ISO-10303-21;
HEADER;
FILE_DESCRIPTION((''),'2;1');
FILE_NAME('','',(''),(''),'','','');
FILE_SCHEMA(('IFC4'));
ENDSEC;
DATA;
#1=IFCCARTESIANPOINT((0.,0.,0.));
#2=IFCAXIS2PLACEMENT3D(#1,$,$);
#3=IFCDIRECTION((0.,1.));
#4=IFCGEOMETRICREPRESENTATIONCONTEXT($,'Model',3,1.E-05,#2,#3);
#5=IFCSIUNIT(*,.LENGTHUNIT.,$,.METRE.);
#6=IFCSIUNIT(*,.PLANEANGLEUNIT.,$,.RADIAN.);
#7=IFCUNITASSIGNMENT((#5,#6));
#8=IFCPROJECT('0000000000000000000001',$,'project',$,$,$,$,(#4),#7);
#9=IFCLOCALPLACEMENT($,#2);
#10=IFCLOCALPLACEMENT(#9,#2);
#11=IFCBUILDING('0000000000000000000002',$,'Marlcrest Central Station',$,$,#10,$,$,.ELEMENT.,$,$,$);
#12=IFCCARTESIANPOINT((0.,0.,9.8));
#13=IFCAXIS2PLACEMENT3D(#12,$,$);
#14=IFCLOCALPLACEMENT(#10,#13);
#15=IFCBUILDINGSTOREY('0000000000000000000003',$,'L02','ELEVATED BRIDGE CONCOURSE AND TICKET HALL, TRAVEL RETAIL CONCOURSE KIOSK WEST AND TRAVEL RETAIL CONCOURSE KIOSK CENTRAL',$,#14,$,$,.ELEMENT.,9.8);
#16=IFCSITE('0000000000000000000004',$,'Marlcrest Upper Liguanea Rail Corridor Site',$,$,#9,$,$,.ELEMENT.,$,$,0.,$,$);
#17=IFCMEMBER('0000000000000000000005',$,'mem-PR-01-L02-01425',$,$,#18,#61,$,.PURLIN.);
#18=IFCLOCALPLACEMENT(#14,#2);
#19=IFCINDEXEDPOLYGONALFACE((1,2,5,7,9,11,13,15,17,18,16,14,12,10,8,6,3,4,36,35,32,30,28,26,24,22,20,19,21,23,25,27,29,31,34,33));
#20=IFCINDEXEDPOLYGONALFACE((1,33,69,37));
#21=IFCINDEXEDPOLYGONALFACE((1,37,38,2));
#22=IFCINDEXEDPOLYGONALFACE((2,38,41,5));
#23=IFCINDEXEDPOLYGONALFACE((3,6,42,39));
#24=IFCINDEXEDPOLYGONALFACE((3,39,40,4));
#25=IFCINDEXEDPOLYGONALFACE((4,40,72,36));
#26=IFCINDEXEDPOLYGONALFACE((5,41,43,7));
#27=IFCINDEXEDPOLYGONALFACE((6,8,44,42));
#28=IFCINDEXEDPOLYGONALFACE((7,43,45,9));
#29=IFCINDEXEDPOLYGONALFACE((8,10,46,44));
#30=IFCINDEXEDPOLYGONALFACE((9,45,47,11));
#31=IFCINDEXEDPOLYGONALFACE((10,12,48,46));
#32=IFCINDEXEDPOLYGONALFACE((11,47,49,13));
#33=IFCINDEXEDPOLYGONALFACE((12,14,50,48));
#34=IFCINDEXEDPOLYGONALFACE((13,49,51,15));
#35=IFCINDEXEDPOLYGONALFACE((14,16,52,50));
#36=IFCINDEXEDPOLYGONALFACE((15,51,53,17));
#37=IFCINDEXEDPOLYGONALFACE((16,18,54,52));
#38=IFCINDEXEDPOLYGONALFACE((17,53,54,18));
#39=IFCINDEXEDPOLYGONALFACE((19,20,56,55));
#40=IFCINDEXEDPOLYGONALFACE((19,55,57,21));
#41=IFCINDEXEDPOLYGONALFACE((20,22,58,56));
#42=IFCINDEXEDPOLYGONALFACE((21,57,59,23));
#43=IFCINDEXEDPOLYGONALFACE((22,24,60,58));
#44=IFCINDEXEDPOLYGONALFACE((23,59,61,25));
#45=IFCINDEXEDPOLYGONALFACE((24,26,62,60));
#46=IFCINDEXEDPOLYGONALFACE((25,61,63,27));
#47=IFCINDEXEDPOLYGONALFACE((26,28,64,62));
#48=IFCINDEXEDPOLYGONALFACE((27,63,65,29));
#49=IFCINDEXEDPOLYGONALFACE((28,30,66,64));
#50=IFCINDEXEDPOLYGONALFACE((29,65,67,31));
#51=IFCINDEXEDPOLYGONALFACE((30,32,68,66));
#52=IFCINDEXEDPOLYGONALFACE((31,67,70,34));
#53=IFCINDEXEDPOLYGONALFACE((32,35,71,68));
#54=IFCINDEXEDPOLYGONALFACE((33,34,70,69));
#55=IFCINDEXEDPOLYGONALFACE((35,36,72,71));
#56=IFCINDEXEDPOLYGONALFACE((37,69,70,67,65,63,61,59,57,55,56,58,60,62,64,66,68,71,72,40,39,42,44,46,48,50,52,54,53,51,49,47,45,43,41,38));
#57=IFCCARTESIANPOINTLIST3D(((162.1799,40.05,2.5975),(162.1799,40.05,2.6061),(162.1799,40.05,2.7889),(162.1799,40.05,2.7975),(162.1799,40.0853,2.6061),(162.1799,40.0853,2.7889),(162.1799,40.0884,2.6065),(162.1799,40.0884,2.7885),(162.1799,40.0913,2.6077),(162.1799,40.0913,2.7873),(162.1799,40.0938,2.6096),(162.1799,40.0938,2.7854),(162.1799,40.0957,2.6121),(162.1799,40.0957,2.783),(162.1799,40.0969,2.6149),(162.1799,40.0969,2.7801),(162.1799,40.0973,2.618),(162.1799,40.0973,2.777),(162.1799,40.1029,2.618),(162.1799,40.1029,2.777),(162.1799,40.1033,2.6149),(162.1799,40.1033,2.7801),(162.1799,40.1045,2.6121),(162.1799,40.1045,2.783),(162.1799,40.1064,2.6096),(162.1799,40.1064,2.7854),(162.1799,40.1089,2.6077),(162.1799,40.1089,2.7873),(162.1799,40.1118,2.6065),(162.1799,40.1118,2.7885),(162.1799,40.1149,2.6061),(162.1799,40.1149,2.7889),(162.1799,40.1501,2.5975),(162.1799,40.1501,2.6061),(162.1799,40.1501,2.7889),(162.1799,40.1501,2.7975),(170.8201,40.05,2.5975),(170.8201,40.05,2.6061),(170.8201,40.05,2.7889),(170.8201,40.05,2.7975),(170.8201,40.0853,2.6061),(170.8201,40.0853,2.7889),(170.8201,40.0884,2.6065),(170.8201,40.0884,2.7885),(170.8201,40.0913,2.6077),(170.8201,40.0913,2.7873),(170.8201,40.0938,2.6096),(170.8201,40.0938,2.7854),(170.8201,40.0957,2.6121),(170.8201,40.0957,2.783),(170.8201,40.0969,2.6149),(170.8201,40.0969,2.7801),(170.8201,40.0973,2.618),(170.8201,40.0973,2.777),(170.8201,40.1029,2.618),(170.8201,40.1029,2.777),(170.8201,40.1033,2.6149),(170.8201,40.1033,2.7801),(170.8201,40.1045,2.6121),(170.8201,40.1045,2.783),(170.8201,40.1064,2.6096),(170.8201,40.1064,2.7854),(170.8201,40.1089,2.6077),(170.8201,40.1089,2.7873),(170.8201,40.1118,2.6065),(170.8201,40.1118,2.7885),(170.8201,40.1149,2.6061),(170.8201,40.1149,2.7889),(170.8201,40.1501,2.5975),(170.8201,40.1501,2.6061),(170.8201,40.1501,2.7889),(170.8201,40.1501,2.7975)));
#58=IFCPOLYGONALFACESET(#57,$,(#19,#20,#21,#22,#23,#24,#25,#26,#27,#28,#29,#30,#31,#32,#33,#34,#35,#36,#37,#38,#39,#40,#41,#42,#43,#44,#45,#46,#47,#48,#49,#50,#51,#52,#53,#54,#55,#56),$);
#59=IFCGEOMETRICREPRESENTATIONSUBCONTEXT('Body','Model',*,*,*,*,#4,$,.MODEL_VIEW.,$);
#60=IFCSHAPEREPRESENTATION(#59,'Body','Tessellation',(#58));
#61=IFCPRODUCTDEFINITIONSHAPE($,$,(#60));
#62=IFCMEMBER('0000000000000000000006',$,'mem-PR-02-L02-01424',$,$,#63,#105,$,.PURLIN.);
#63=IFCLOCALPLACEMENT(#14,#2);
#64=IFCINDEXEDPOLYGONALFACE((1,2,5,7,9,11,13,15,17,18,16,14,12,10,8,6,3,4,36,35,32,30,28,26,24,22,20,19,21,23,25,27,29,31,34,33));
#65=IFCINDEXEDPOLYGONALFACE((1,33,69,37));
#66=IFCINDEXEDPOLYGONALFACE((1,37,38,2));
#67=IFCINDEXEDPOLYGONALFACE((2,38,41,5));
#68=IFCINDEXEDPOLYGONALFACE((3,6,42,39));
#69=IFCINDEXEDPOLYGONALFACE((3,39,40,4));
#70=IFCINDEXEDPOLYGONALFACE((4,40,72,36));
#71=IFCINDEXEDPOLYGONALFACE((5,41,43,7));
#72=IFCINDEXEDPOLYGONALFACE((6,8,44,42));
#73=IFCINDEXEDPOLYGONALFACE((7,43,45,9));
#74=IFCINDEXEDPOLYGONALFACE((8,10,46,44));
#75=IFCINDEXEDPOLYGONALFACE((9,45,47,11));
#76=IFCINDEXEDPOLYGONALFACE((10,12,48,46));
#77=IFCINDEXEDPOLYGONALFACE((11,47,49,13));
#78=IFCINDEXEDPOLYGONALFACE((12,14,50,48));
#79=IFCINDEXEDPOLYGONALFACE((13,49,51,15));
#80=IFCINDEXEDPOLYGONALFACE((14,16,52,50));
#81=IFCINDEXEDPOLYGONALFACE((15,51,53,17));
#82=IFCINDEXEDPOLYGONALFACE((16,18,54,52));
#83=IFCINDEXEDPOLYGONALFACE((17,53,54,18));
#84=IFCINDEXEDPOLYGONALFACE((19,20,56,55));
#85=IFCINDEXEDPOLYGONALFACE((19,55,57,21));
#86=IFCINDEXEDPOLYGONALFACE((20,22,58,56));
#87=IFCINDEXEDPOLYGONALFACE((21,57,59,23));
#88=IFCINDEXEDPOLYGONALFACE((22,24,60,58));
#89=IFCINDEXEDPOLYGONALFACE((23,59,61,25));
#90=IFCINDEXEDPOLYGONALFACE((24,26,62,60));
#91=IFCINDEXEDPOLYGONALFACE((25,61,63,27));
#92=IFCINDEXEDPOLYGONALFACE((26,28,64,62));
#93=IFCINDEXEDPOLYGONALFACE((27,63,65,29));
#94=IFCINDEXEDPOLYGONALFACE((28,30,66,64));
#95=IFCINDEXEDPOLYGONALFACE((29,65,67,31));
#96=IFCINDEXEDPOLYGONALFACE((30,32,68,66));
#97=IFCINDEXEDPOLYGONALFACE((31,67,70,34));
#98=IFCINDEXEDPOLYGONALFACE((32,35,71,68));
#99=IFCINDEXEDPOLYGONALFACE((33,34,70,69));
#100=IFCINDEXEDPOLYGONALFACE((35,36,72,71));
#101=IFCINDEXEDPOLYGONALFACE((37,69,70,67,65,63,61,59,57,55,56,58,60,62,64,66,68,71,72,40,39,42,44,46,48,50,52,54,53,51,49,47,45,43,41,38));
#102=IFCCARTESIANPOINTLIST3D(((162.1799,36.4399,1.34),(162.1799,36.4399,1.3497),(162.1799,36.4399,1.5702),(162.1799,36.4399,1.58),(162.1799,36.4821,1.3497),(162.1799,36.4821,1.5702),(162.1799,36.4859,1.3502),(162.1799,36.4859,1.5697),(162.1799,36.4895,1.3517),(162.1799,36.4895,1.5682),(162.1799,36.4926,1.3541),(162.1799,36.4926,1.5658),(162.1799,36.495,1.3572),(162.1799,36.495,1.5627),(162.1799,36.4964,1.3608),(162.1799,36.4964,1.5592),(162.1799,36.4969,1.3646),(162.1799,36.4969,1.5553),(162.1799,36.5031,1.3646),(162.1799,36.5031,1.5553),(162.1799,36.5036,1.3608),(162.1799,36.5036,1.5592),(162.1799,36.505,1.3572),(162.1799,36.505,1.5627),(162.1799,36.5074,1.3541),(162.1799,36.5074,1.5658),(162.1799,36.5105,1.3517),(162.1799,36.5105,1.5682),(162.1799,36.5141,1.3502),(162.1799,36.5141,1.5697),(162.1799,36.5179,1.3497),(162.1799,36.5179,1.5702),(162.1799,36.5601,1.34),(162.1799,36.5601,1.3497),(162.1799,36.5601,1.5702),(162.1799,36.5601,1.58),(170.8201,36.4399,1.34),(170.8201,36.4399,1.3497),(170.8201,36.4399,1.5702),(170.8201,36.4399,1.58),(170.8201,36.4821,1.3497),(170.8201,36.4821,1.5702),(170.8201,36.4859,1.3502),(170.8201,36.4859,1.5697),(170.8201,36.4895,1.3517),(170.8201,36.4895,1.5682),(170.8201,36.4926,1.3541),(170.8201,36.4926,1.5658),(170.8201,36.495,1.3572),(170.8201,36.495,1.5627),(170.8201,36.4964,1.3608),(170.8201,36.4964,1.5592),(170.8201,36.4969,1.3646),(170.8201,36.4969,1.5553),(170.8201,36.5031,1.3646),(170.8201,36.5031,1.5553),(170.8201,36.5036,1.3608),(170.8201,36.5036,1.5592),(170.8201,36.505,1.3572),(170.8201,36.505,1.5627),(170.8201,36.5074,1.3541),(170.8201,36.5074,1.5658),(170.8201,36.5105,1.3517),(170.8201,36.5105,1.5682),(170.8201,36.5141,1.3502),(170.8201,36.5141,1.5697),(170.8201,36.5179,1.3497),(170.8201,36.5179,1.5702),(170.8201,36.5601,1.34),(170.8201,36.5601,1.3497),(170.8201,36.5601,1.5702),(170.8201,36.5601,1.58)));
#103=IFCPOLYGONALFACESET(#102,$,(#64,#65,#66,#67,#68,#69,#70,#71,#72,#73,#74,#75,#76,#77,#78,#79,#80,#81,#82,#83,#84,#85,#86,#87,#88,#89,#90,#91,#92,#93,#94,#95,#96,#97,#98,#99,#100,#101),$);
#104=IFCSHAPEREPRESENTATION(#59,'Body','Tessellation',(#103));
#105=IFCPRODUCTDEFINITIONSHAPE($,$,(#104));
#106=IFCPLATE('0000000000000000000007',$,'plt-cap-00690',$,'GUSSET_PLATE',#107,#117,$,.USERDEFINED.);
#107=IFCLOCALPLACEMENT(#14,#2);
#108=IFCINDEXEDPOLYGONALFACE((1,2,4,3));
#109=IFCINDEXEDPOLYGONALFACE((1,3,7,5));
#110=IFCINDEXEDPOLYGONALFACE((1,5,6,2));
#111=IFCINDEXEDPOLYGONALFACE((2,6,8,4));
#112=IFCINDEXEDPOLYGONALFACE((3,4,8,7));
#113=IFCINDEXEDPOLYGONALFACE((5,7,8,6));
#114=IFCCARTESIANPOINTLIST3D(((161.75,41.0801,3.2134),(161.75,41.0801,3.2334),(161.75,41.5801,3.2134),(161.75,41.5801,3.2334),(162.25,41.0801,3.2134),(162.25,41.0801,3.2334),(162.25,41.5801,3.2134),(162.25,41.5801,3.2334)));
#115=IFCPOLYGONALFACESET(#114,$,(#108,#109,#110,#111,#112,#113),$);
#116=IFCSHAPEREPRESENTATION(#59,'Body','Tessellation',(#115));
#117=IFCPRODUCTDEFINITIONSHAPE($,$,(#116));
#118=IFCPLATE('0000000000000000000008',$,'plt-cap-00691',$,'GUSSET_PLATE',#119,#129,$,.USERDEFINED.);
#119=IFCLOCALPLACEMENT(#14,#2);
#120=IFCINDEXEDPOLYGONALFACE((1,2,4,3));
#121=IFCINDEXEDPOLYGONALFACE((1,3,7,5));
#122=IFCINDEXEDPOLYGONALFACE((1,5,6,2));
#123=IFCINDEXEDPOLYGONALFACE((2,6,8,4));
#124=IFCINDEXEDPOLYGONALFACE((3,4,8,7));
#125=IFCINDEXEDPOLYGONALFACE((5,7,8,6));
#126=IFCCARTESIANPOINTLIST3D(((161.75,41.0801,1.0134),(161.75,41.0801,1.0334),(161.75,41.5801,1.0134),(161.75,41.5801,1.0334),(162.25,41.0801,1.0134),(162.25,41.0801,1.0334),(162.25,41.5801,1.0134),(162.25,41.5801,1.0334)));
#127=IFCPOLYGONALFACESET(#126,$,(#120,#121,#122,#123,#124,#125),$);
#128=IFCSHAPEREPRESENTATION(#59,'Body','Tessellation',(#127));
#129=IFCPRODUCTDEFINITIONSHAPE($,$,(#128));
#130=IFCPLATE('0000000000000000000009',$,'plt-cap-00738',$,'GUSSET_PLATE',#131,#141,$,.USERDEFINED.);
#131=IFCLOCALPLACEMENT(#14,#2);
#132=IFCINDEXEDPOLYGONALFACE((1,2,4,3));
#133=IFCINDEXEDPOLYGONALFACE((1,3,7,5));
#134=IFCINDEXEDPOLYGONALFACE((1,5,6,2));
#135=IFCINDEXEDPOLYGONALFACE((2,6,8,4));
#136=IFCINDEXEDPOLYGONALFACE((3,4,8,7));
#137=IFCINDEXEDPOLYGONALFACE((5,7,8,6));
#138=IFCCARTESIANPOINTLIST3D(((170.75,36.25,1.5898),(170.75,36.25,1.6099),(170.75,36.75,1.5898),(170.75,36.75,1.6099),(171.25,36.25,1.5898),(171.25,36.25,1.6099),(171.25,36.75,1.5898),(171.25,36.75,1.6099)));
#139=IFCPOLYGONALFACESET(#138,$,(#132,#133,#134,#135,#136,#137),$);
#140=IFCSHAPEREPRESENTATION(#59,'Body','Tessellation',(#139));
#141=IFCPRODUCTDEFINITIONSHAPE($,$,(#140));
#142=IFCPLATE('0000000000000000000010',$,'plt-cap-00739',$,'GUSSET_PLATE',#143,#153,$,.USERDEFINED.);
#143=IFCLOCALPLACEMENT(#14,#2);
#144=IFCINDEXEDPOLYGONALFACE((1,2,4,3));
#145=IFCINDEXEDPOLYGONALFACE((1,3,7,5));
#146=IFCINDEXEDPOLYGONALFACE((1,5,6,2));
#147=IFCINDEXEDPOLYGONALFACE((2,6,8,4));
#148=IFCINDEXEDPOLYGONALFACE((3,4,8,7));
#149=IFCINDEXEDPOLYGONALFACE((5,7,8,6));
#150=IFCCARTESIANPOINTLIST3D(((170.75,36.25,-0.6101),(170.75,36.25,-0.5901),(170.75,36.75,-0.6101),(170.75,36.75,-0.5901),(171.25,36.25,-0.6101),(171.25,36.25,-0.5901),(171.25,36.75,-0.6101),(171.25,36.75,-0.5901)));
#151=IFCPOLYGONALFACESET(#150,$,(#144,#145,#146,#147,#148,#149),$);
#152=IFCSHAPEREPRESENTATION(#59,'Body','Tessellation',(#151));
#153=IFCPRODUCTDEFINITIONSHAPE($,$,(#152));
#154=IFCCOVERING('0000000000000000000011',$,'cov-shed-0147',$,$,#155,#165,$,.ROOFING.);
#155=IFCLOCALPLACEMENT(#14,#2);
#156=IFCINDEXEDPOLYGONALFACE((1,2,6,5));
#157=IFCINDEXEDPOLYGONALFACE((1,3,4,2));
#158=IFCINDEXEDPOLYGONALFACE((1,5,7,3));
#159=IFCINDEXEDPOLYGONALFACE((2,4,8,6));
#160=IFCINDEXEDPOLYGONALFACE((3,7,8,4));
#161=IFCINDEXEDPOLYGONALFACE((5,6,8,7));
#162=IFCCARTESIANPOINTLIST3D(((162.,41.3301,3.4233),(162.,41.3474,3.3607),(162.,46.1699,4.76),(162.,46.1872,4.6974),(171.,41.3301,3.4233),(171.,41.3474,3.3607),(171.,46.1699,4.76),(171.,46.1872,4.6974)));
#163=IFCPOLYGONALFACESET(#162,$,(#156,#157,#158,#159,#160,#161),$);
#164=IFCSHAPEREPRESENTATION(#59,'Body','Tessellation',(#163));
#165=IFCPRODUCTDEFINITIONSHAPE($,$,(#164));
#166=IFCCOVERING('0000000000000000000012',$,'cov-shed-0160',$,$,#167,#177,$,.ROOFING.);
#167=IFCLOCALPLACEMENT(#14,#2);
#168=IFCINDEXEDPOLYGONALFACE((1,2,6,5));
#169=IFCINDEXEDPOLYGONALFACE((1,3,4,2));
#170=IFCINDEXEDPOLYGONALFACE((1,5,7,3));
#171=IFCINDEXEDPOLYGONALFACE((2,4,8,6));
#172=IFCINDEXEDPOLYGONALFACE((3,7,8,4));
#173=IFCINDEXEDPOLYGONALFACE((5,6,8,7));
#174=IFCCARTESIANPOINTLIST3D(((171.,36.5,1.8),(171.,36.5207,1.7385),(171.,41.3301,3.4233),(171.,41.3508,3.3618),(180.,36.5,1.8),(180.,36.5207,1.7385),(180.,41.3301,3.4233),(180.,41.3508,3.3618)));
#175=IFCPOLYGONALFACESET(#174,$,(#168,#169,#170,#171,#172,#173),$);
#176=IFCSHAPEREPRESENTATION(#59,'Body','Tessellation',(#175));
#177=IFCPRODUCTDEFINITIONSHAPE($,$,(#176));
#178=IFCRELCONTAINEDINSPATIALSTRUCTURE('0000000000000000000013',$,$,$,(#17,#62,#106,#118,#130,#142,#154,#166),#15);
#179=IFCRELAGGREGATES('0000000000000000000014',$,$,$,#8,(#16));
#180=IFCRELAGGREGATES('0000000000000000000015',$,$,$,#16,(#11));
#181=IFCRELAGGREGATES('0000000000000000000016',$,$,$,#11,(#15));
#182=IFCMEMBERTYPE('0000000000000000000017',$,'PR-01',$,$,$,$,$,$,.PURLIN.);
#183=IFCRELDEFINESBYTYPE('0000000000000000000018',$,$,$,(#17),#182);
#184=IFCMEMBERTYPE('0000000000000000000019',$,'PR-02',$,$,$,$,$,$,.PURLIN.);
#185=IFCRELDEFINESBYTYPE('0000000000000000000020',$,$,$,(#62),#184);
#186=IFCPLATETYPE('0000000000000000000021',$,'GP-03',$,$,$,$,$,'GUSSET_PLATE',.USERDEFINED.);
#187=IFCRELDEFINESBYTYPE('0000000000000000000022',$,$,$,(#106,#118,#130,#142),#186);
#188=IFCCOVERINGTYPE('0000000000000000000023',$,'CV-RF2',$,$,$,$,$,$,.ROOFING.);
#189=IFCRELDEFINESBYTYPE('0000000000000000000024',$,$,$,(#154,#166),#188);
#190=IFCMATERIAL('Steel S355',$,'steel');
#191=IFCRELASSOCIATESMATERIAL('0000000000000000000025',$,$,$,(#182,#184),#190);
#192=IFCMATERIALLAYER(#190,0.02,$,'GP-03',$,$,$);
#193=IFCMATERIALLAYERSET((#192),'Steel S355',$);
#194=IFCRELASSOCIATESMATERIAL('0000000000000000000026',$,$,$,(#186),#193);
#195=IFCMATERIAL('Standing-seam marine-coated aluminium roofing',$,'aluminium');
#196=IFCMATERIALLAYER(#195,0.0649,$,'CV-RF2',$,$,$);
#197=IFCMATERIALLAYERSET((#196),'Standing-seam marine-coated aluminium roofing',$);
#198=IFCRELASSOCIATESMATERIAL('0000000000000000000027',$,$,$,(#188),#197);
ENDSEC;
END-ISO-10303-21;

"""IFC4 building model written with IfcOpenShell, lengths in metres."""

from ifc_helpers import new_model, si_unit, direction, frame, origin, origin_2d, place, context, subcontext, project, spatial, polyline, rectangle, i_section, outline, extrude, material, layer, layer_set, material_profile, profile_set, type_object, element, save


model = new_model("IFC4")

# Units and contexts
model_context = context("Model", 3, precision=1e-05, world=origin(), true_north=direction((0.0, 1.0)))
body_context = subcontext(model_context, "Body", "Model", "MODEL_VIEW")
ifc_project = project(units=[si_unit("LENGTHUNIT", "METRE"), si_unit("PLANEANGLEUNIT", "RADIAN")], contexts=[model_context])

# Site, building, storey
site_placement = place(None, origin())
site = spatial("IfcSite", under=ifc_project, at=site_placement, Name="Marlcrest Upper Liguanea Rail Corridor Site", CompositionType="ELEMENT", RefElevation=0.0)
building_placement = place(site_placement, origin())
building = spatial("IfcBuilding", under=site, at=building_placement, Name="Marlcrest Central Station", CompositionType="ELEMENT")
storey_placement = place(building_placement, frame((0.0, 0.0, 9.8)))
storey = spatial("IfcBuildingStorey", under=building, at=storey_placement, Name="L02", Description="ELEVATED BRIDGE CONCOURSE AND TICKET HALL, TRAVEL RETAIL CONCOURSE KIOSK WEST AND TRAVEL RETAIL CONCOURSE KIOSK CENTRAL", CompositionType="ELEMENT", Elevation=9.8)

# Members
ifc_material_1 = material(Name="Steel S355", Category="steel")
ifc_material_profile_1 = material_profile(ifc_material_1, i_section(OverallWidth=0.1001, OverallDepth=0.2, WebThickness=0.0056, FlangeThickness=0.0085, FilletRadius=0.012, at=origin_2d()), Name="IPE 200")
ifc_profile_set_1 = profile_set([ifc_material_profile_1], Name="Steel S355")
member_type_1 = type_object("IfcMemberType", Name="PR-01", PredefinedType="PURLIN", material=ifc_profile_set_1)
member_1_placement = place(storey_placement, frame((162.1799, 40.1001, 2.6975), z_axis=(1.0, 0.0, 0.0), x_axis=(0.0, 1.0, 0.0)))
element("IfcMember", 1, at=member_1_placement, inside=storey, type_object=member_type_1, Name="mem-PR-01-L02-01425", PredefinedType="PURLIN", context=body_context, shape_type="SweptSolid", body=[
    extrude(i_section(OverallWidth=0.1001, OverallDepth=0.2, WebThickness=0.0056, FlangeThickness=0.0085, FilletRadius=0.012, at=origin_2d()), origin(), (0.0, 0.0, 1.0), 8.6401),
])
ifc_material_profile_2 = material_profile(ifc_material_1, i_section(OverallWidth=0.1201, OverallDepth=0.24, WebThickness=0.0061, FlangeThickness=0.0098, FilletRadius=0.0149, at=origin_2d()), Name="IPE 240")
ifc_profile_set_2 = profile_set([ifc_material_profile_2], Name="Steel S355")
member_type_2 = type_object("IfcMemberType", Name="PR-02", PredefinedType="PURLIN", material=ifc_profile_set_2)
member_2_placement = place(storey_placement, frame((162.1799, 36.5, 1.46), z_axis=(1.0, 0.0, 0.0), x_axis=(0.0, 1.0, 0.0)))
element("IfcMember", 2, at=member_2_placement, inside=storey, type_object=member_type_2, Name="mem-PR-02-L02-01424", PredefinedType="PURLIN", context=body_context, shape_type="SweptSolid", body=[
    extrude(i_section(OverallWidth=0.1201, OverallDepth=0.24, WebThickness=0.0061, FlangeThickness=0.0098, FilletRadius=0.0149, at=origin_2d()), origin(), (0.0, 0.0, 1.0), 8.6401),
])

# Plates
ifc_layer_1 = layer(ifc_material_1, 0.02, Name="GP-03")
ifc_layer_set_1 = layer_set([ifc_layer_1], Name="Steel S355")
plate_type = type_object("IfcPlateType", Name="GP-03", ElementType="GUSSET_PLATE", PredefinedType="USERDEFINED", material=ifc_layer_set_1)
for number, where, z_axis, x_axis, name in (
    (3, (162.0, 41.3301, 3.2134), (0.0, 0.0, 1.0), (1.0, 0.0, 0.0), "plt-cap-00690"),
    (4, (162.0, 41.3301, 1.0134), (0.0, 0.0, 1.0), (1.0, 0.0, 0.0), "plt-cap-00691"),
    (5, (171.0, 36.5, 1.5898), (0.0, 0.0, 1.0), (1.0, 0.0, 0.0), "plt-cap-00738"),
    (6, (171.0, 36.5, -0.6101), (0.0, 0.0, 1.0), (1.0, 0.0, 0.0), "plt-cap-00739"),
):
    element("IfcPlate", number, at=place(storey_placement, frame(where, z_axis=z_axis, x_axis=x_axis)), inside=storey, type_object=plate_type, Name=name, ObjectType="GUSSET_PLATE", PredefinedType="USERDEFINED", context=body_context, shape_type="SweptSolid", body=[
        extrude(rectangle(XDim=0.5, YDim=0.5, at=origin_2d()), origin(), (0.0, 0.0, 1.0), 0.02),
    ])

# Coverings
ifc_material_2 = material(Name="Standing-seam marine-coated aluminium roofing", Category="aluminium")
ifc_layer_2 = layer(ifc_material_2, 0.0649, Name="CV-RF2")
ifc_layer_set_2 = layer_set([ifc_layer_2], Name="Standing-seam marine-coated aluminium roofing")
covering_type = type_object("IfcCoveringType", Name="CV-RF2", PredefinedType="ROOFING", material=ifc_layer_set_2)
covering_1_placement = place(storey_placement, frame((162.0, 41.3301, 3.4233), z_axis=(0.0, -0.266214, 0.963914), x_axis=(1.0, 0.0, 0.0)))
element("IfcCovering", 7, at=covering_1_placement, inside=storey, type_object=covering_type, Name="cov-shed-0147", PredefinedType="ROOFING", context=body_context, shape_type="SweptSolid", body=[
    extrude(outline(polyline([(0.0, 0.0), (9.0, 0.0), (9.0, 5.021), (0.0, 5.021), (0.0, 0.0)])), origin(), (0.0, 0.0, -1.0), 0.0649),
])
covering_2_placement = place(storey_placement, frame((171.0, 36.5, 1.8), z_axis=(0.0, -0.31857, 0.947899), x_axis=(1.0, 0.0, 0.0)))
element("IfcCovering", 8, at=covering_2_placement, inside=storey, type_object=covering_type, Name="cov-shed-0160", PredefinedType="ROOFING", context=body_context, shape_type="SweptSolid", body=[
    extrude(outline(polyline([(0.0, 0.0), (9.0, 0.0), (9.0, 5.0956), (0.0, 5.0956), (0.0, 0.0)])), origin(), (0.0, 0.0, -1.0), 0.0649),
])

save(model, "model.ifc")
